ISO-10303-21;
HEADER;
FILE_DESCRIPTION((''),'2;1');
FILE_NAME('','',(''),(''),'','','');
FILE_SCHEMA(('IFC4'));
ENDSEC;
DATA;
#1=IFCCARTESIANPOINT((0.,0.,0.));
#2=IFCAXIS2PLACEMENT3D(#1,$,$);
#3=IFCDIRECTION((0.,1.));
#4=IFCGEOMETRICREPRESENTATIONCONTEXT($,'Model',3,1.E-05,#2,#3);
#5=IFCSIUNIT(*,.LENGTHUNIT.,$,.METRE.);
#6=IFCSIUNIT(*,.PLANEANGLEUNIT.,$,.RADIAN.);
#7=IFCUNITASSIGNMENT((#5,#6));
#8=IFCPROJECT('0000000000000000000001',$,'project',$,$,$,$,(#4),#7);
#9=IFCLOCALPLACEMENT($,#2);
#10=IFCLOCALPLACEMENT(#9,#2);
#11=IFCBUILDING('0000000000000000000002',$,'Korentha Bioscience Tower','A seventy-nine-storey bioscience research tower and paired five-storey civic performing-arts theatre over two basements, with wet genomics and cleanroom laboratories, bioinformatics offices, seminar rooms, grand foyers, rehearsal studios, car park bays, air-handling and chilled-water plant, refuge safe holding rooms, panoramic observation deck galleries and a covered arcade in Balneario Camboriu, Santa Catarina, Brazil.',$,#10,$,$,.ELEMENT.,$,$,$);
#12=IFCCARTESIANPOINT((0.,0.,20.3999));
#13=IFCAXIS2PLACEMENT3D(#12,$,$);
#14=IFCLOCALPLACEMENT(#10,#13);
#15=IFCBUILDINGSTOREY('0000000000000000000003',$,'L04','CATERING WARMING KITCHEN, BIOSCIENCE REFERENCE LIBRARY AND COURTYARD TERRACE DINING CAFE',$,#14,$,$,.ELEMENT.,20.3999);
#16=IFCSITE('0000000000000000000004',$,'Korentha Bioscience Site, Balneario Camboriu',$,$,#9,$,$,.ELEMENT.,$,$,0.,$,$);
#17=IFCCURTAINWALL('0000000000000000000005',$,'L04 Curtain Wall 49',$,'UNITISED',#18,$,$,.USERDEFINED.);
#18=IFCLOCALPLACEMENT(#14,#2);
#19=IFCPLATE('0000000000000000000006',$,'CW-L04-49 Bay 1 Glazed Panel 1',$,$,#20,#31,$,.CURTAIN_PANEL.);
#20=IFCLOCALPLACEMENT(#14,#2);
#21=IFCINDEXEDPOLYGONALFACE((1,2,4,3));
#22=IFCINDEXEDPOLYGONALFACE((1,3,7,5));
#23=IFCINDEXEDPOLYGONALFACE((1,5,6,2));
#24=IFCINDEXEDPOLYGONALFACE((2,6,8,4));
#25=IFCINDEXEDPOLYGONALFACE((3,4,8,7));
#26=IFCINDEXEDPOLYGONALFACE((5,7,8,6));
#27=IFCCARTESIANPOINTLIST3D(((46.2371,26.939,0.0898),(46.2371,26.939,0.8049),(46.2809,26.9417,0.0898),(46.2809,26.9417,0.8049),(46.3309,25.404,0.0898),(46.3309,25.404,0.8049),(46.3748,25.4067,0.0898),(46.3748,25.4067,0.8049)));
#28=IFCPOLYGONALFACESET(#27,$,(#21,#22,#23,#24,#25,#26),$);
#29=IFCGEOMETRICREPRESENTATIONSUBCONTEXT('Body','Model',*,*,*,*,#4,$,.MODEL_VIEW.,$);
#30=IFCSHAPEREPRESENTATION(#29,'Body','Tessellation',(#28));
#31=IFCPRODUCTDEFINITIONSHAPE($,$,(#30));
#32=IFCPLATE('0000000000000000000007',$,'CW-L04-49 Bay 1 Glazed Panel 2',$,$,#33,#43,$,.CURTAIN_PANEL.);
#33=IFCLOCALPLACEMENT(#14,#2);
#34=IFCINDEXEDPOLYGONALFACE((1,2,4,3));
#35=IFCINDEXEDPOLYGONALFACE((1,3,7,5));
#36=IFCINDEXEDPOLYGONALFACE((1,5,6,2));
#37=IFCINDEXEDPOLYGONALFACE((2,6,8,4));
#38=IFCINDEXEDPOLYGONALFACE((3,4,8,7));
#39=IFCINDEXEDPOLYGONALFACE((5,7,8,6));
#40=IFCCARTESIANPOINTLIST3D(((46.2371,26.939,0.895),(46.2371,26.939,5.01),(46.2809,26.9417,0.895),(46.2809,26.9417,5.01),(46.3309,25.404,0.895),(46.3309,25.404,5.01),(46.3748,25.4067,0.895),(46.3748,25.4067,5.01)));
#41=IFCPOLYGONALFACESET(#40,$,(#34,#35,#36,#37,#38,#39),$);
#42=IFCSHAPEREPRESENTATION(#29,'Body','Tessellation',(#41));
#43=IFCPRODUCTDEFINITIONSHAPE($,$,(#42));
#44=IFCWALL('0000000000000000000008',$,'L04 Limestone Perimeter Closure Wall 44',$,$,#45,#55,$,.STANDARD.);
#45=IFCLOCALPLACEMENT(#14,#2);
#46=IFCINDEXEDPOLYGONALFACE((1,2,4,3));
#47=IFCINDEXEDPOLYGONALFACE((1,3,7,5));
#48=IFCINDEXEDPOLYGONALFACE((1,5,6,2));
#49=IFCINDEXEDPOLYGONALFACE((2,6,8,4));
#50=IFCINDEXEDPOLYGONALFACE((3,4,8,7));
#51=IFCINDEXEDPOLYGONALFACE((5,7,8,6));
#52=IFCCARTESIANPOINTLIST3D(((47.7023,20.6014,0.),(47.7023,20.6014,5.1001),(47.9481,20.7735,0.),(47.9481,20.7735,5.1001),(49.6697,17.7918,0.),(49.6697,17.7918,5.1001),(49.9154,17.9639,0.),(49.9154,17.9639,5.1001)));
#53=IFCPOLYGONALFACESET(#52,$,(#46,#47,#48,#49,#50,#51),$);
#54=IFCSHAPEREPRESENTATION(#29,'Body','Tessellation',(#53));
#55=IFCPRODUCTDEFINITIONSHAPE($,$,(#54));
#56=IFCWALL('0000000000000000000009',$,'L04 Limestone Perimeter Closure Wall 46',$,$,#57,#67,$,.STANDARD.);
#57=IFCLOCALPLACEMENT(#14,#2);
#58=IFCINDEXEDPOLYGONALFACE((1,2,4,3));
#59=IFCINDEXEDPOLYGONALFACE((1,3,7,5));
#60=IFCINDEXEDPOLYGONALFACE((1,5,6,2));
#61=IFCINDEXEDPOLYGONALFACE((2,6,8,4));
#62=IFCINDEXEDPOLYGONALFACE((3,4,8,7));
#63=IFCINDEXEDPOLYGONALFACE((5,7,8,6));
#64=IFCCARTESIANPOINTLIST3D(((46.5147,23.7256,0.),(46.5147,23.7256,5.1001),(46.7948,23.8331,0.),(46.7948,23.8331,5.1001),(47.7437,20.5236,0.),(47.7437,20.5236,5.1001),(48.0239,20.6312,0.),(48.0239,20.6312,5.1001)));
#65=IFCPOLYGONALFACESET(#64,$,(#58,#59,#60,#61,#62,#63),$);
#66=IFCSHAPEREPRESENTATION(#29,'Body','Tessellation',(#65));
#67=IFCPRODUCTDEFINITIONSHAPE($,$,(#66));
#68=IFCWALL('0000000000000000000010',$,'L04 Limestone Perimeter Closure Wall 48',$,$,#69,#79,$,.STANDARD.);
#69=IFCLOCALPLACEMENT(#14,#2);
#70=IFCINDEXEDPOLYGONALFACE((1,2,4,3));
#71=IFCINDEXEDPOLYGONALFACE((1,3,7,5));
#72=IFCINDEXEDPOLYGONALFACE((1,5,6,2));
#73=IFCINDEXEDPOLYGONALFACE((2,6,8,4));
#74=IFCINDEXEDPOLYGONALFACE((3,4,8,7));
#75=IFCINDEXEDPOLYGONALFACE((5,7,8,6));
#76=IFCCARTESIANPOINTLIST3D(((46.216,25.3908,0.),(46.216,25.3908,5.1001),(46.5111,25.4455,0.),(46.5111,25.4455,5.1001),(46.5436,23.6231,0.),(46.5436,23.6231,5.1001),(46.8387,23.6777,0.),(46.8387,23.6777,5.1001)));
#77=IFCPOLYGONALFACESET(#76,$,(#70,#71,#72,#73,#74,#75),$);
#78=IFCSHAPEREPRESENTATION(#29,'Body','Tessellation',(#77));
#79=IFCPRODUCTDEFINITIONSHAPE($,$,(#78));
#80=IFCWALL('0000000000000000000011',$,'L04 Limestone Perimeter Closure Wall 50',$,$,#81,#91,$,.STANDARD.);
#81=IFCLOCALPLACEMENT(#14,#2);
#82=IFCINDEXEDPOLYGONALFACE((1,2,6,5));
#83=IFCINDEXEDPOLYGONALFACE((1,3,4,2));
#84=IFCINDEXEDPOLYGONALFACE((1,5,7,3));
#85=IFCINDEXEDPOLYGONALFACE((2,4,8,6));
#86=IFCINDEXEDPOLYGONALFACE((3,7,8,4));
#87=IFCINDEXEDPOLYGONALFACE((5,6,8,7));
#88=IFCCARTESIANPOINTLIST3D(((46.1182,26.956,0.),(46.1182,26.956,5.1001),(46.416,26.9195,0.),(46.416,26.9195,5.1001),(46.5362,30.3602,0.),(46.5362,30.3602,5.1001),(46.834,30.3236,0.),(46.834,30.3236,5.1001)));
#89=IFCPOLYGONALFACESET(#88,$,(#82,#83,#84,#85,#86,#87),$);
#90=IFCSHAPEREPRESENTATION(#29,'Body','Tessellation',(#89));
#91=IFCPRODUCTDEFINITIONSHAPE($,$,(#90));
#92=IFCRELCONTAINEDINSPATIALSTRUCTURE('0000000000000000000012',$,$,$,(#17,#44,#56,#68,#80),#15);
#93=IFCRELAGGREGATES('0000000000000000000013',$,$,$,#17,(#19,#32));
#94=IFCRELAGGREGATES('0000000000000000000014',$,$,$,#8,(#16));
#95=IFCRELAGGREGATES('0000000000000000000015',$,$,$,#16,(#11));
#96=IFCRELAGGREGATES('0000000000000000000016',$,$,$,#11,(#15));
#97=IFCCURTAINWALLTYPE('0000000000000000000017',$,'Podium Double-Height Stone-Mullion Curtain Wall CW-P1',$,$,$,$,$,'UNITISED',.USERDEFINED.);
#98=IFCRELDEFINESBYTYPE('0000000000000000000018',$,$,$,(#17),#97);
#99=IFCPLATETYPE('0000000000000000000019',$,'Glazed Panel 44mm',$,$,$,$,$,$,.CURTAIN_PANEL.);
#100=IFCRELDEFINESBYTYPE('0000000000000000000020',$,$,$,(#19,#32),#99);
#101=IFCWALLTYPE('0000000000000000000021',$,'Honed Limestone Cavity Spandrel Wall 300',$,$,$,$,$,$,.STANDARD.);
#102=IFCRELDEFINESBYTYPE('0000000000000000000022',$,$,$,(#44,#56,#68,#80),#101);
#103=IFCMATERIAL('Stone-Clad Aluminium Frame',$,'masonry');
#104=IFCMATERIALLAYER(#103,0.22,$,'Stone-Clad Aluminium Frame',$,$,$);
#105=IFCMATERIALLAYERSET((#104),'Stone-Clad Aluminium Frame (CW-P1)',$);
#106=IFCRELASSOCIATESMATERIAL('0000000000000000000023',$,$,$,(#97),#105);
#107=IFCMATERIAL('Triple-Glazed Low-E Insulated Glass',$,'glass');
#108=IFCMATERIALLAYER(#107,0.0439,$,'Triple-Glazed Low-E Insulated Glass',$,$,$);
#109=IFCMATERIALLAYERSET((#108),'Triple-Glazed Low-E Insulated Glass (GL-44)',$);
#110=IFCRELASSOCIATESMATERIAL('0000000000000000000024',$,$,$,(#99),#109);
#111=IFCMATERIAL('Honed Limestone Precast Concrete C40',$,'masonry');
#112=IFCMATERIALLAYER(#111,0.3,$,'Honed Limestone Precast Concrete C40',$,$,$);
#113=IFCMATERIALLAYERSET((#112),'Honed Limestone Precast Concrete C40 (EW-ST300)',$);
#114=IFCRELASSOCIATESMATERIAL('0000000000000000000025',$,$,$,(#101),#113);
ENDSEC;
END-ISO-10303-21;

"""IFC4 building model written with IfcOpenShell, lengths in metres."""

from ifc_helpers import new_model, si_unit, direction, frame, frame_2d, origin, origin_2d, place, context, subcontext, project, spatial, rectangle, extrude, material, layer, layer_set, type_object, element, aggregate, save


model = new_model("IFC4")

# Units and contexts
model_context = context("Model", 3, precision=1e-05, world=origin(), true_north=direction((0.0, 1.0)))
body_context = subcontext(model_context, "Body", "Model", "MODEL_VIEW")
ifc_project = project(units=[si_unit("LENGTHUNIT", "METRE"), si_unit("PLANEANGLEUNIT", "RADIAN")], contexts=[model_context])

# Site, building, storey
site_placement = place(None, origin())
site = spatial("IfcSite", under=ifc_project, at=site_placement, Name="Korentha Bioscience Site, Balneario Camboriu", CompositionType="ELEMENT", RefElevation=0.0)
building_placement = place(site_placement, origin())
building = spatial("IfcBuilding", under=site, at=building_placement, Name="Korentha Bioscience Tower", Description="A seventy-nine-storey bioscience research tower and paired five-storey civic performing-arts theatre over two basements, with wet genomics and cleanroom laboratories, bioinformatics offices, seminar rooms, grand foyers, rehearsal studios, car park bays, air-handling and chilled-water plant, refuge safe holding rooms, panoramic observation deck galleries and a covered arcade in Balneario Camboriu, Santa Catarina, Brazil.", CompositionType="ELEMENT")
storey_placement = place(building_placement, frame((0.0, 0.0, 20.3999)))
storey = spatial("IfcBuildingStorey", under=building, at=storey_placement, Name="L04", Description="CATERING WARMING KITCHEN, BIOSCIENCE REFERENCE LIBRARY AND COURTYARD TERRACE DINING CAFE", CompositionType="ELEMENT", Elevation=20.3999)

# Shared definitions
ifc_material_1 = material(Name="Stone-Clad Aluminium Frame", Category="masonry")
ifc_layer_1 = layer(ifc_material_1, 0.22, Name="Stone-Clad Aluminium Frame")
ifc_layer_set_1 = layer_set([ifc_layer_1], Name="Stone-Clad Aluminium Frame (CW-P1)")
curtain_wall_type = type_object("IfcCurtainWallType", Name="Podium Double-Height Stone-Mullion Curtain Wall CW-P1", ElementType="UNITISED", PredefinedType="USERDEFINED", material=ifc_layer_set_1)

# Curtain wall
curtain_wall_1_placement = place(storey_placement, origin())
curtain_wall_1 = element("IfcCurtainWall", 1, at=curtain_wall_1_placement, inside=storey, type_object=curtain_wall_type, Name="L04 Curtain Wall 49", ObjectType="UNITISED", PredefinedType="USERDEFINED")

# Plates
ifc_material_2 = material(Name="Triple-Glazed Low-E Insulated Glass", Category="glass")
ifc_layer_2 = layer(ifc_material_2, 0.0439, Name="Triple-Glazed Low-E Insulated Glass")
ifc_layer_set_2 = layer_set([ifc_layer_2], Name="Triple-Glazed Low-E Insulated Glass (GL-44)")
plate_type = type_object("IfcPlateType", Name="Glazed Panel 44mm", PredefinedType="CURTAIN_PANEL", material=ifc_layer_set_2)
plate_1_placement = place(storey_placement, frame((46.3059, 26.1729, 0.0898), z_axis=(0.0, 0.0, 1.0), x_axis=(-0.061008, 0.998137, 0.0)))
plate_1 = element("IfcPlate", 2, at=plate_1_placement, type_object=plate_type, Name="CW-L04-49 Bay 1 Glazed Panel 1", PredefinedType="CURTAIN_PANEL", context=body_context, shape_type="SweptSolid", body=[
    extrude(rectangle(XDim=1.5378, YDim=0.0439, at=origin_2d()), origin(), (0.0, 0.0, 1.0), 0.7151),
])
plate_2_placement = place(storey_placement, frame((46.3059, 26.1729, 0.895), z_axis=(0.0, 0.0, 1.0), x_axis=(-0.061008, 0.998137, 0.0)))
plate_2 = element("IfcPlate", 3, at=plate_2_placement, type_object=plate_type, Name="CW-L04-49 Bay 1 Glazed Panel 2", PredefinedType="CURTAIN_PANEL", context=body_context, shape_type="SweptSolid", body=[
    extrude(rectangle(XDim=1.5378, YDim=0.0439, at=origin_2d()), origin(), (0.0, 0.0, 1.0), 4.115),
])
aggregate(curtain_wall_1, [plate_1, plate_2])

# Walls
ifc_material_3 = material(Name="Honed Limestone Precast Concrete C40", Category="masonry")
ifc_layer_3 = layer(ifc_material_3, 0.3, Name="Honed Limestone Precast Concrete C40")
ifc_layer_set_3 = layer_set([ifc_layer_3], Name="Honed Limestone Precast Concrete C40 (EW-ST300)")
wall_type = type_object("IfcWallType", Name="Honed Limestone Cavity Spandrel Wall 300", PredefinedType="STANDARD", material=ifc_layer_set_3)
wall_1_placement = place(storey_placement, frame((49.7925, 17.8779, 0.0), z_axis=(0.0, 0.0, 1.0), x_axis=(-0.573577, 0.819152, 0.0)))
element("IfcWall", 4, at=wall_1_placement, inside=storey, type_object=wall_type, Name="L04 Limestone Perimeter Closure Wall 44", PredefinedType="STANDARD", context=body_context, shape_type="SweptSolid", body=[
    extrude(rectangle(XDim=3.4299, YDim=0.3, at=frame_2d((1.7148, 0.0))), origin(), (0.0, 0.0, 1.0), 5.1001),
])
wall_2_placement = place(storey_placement, frame((47.8838, 20.5774, 0.0), z_axis=(0.0, 0.0, 1.0), x_axis=(-0.358345, 0.933589, 0.0)))
element("IfcWall", 5, at=wall_2_placement, inside=storey, type_object=wall_type, Name="L04 Limestone Perimeter Closure Wall 46", PredefinedType="STANDARD", context=body_context, shape_type="SweptSolid", body=[
    extrude(rectangle(XDim=3.4297, YDim=0.3, at=frame_2d((1.7148, 0.0))), origin(), (0.0, 0.0, 1.0), 5.1001),
])
wall_3_placement = place(storey_placement, frame((46.6912, 23.6504, 0.0), z_axis=(0.0, 0.0, 1.0), x_axis=(-0.18223, 0.983256, 0.0)))
element("IfcWall", 6, at=wall_3_placement, inside=storey, type_object=wall_type, Name="L04 Limestone Perimeter Closure Wall 48", PredefinedType="STANDARD", context=body_context, shape_type="SweptSolid", body=[
    extrude(rectangle(XDim=1.7979, YDim=0.3, at=frame_2d((0.8989, 0.0))), origin(), (0.0, 0.0, 1.0), 5.1001),
])
wall_4_placement = place(storey_placement, frame((46.2671, 26.9377, 0.0), z_axis=(0.0, 0.0, 1.0), x_axis=(0.12187, 0.992546, 0.0)))
element("IfcWall", 7, at=wall_4_placement, inside=storey, type_object=wall_type, Name="L04 Limestone Perimeter Closure Wall 50", PredefinedType="STANDARD", context=body_context, shape_type="SweptSolid", body=[
    extrude(rectangle(XDim=3.4297, YDim=0.3, at=frame_2d((1.7148, 0.0))), origin(), (0.0, 0.0, 1.0), 5.1001),
])

save(model, "model.ifc")
